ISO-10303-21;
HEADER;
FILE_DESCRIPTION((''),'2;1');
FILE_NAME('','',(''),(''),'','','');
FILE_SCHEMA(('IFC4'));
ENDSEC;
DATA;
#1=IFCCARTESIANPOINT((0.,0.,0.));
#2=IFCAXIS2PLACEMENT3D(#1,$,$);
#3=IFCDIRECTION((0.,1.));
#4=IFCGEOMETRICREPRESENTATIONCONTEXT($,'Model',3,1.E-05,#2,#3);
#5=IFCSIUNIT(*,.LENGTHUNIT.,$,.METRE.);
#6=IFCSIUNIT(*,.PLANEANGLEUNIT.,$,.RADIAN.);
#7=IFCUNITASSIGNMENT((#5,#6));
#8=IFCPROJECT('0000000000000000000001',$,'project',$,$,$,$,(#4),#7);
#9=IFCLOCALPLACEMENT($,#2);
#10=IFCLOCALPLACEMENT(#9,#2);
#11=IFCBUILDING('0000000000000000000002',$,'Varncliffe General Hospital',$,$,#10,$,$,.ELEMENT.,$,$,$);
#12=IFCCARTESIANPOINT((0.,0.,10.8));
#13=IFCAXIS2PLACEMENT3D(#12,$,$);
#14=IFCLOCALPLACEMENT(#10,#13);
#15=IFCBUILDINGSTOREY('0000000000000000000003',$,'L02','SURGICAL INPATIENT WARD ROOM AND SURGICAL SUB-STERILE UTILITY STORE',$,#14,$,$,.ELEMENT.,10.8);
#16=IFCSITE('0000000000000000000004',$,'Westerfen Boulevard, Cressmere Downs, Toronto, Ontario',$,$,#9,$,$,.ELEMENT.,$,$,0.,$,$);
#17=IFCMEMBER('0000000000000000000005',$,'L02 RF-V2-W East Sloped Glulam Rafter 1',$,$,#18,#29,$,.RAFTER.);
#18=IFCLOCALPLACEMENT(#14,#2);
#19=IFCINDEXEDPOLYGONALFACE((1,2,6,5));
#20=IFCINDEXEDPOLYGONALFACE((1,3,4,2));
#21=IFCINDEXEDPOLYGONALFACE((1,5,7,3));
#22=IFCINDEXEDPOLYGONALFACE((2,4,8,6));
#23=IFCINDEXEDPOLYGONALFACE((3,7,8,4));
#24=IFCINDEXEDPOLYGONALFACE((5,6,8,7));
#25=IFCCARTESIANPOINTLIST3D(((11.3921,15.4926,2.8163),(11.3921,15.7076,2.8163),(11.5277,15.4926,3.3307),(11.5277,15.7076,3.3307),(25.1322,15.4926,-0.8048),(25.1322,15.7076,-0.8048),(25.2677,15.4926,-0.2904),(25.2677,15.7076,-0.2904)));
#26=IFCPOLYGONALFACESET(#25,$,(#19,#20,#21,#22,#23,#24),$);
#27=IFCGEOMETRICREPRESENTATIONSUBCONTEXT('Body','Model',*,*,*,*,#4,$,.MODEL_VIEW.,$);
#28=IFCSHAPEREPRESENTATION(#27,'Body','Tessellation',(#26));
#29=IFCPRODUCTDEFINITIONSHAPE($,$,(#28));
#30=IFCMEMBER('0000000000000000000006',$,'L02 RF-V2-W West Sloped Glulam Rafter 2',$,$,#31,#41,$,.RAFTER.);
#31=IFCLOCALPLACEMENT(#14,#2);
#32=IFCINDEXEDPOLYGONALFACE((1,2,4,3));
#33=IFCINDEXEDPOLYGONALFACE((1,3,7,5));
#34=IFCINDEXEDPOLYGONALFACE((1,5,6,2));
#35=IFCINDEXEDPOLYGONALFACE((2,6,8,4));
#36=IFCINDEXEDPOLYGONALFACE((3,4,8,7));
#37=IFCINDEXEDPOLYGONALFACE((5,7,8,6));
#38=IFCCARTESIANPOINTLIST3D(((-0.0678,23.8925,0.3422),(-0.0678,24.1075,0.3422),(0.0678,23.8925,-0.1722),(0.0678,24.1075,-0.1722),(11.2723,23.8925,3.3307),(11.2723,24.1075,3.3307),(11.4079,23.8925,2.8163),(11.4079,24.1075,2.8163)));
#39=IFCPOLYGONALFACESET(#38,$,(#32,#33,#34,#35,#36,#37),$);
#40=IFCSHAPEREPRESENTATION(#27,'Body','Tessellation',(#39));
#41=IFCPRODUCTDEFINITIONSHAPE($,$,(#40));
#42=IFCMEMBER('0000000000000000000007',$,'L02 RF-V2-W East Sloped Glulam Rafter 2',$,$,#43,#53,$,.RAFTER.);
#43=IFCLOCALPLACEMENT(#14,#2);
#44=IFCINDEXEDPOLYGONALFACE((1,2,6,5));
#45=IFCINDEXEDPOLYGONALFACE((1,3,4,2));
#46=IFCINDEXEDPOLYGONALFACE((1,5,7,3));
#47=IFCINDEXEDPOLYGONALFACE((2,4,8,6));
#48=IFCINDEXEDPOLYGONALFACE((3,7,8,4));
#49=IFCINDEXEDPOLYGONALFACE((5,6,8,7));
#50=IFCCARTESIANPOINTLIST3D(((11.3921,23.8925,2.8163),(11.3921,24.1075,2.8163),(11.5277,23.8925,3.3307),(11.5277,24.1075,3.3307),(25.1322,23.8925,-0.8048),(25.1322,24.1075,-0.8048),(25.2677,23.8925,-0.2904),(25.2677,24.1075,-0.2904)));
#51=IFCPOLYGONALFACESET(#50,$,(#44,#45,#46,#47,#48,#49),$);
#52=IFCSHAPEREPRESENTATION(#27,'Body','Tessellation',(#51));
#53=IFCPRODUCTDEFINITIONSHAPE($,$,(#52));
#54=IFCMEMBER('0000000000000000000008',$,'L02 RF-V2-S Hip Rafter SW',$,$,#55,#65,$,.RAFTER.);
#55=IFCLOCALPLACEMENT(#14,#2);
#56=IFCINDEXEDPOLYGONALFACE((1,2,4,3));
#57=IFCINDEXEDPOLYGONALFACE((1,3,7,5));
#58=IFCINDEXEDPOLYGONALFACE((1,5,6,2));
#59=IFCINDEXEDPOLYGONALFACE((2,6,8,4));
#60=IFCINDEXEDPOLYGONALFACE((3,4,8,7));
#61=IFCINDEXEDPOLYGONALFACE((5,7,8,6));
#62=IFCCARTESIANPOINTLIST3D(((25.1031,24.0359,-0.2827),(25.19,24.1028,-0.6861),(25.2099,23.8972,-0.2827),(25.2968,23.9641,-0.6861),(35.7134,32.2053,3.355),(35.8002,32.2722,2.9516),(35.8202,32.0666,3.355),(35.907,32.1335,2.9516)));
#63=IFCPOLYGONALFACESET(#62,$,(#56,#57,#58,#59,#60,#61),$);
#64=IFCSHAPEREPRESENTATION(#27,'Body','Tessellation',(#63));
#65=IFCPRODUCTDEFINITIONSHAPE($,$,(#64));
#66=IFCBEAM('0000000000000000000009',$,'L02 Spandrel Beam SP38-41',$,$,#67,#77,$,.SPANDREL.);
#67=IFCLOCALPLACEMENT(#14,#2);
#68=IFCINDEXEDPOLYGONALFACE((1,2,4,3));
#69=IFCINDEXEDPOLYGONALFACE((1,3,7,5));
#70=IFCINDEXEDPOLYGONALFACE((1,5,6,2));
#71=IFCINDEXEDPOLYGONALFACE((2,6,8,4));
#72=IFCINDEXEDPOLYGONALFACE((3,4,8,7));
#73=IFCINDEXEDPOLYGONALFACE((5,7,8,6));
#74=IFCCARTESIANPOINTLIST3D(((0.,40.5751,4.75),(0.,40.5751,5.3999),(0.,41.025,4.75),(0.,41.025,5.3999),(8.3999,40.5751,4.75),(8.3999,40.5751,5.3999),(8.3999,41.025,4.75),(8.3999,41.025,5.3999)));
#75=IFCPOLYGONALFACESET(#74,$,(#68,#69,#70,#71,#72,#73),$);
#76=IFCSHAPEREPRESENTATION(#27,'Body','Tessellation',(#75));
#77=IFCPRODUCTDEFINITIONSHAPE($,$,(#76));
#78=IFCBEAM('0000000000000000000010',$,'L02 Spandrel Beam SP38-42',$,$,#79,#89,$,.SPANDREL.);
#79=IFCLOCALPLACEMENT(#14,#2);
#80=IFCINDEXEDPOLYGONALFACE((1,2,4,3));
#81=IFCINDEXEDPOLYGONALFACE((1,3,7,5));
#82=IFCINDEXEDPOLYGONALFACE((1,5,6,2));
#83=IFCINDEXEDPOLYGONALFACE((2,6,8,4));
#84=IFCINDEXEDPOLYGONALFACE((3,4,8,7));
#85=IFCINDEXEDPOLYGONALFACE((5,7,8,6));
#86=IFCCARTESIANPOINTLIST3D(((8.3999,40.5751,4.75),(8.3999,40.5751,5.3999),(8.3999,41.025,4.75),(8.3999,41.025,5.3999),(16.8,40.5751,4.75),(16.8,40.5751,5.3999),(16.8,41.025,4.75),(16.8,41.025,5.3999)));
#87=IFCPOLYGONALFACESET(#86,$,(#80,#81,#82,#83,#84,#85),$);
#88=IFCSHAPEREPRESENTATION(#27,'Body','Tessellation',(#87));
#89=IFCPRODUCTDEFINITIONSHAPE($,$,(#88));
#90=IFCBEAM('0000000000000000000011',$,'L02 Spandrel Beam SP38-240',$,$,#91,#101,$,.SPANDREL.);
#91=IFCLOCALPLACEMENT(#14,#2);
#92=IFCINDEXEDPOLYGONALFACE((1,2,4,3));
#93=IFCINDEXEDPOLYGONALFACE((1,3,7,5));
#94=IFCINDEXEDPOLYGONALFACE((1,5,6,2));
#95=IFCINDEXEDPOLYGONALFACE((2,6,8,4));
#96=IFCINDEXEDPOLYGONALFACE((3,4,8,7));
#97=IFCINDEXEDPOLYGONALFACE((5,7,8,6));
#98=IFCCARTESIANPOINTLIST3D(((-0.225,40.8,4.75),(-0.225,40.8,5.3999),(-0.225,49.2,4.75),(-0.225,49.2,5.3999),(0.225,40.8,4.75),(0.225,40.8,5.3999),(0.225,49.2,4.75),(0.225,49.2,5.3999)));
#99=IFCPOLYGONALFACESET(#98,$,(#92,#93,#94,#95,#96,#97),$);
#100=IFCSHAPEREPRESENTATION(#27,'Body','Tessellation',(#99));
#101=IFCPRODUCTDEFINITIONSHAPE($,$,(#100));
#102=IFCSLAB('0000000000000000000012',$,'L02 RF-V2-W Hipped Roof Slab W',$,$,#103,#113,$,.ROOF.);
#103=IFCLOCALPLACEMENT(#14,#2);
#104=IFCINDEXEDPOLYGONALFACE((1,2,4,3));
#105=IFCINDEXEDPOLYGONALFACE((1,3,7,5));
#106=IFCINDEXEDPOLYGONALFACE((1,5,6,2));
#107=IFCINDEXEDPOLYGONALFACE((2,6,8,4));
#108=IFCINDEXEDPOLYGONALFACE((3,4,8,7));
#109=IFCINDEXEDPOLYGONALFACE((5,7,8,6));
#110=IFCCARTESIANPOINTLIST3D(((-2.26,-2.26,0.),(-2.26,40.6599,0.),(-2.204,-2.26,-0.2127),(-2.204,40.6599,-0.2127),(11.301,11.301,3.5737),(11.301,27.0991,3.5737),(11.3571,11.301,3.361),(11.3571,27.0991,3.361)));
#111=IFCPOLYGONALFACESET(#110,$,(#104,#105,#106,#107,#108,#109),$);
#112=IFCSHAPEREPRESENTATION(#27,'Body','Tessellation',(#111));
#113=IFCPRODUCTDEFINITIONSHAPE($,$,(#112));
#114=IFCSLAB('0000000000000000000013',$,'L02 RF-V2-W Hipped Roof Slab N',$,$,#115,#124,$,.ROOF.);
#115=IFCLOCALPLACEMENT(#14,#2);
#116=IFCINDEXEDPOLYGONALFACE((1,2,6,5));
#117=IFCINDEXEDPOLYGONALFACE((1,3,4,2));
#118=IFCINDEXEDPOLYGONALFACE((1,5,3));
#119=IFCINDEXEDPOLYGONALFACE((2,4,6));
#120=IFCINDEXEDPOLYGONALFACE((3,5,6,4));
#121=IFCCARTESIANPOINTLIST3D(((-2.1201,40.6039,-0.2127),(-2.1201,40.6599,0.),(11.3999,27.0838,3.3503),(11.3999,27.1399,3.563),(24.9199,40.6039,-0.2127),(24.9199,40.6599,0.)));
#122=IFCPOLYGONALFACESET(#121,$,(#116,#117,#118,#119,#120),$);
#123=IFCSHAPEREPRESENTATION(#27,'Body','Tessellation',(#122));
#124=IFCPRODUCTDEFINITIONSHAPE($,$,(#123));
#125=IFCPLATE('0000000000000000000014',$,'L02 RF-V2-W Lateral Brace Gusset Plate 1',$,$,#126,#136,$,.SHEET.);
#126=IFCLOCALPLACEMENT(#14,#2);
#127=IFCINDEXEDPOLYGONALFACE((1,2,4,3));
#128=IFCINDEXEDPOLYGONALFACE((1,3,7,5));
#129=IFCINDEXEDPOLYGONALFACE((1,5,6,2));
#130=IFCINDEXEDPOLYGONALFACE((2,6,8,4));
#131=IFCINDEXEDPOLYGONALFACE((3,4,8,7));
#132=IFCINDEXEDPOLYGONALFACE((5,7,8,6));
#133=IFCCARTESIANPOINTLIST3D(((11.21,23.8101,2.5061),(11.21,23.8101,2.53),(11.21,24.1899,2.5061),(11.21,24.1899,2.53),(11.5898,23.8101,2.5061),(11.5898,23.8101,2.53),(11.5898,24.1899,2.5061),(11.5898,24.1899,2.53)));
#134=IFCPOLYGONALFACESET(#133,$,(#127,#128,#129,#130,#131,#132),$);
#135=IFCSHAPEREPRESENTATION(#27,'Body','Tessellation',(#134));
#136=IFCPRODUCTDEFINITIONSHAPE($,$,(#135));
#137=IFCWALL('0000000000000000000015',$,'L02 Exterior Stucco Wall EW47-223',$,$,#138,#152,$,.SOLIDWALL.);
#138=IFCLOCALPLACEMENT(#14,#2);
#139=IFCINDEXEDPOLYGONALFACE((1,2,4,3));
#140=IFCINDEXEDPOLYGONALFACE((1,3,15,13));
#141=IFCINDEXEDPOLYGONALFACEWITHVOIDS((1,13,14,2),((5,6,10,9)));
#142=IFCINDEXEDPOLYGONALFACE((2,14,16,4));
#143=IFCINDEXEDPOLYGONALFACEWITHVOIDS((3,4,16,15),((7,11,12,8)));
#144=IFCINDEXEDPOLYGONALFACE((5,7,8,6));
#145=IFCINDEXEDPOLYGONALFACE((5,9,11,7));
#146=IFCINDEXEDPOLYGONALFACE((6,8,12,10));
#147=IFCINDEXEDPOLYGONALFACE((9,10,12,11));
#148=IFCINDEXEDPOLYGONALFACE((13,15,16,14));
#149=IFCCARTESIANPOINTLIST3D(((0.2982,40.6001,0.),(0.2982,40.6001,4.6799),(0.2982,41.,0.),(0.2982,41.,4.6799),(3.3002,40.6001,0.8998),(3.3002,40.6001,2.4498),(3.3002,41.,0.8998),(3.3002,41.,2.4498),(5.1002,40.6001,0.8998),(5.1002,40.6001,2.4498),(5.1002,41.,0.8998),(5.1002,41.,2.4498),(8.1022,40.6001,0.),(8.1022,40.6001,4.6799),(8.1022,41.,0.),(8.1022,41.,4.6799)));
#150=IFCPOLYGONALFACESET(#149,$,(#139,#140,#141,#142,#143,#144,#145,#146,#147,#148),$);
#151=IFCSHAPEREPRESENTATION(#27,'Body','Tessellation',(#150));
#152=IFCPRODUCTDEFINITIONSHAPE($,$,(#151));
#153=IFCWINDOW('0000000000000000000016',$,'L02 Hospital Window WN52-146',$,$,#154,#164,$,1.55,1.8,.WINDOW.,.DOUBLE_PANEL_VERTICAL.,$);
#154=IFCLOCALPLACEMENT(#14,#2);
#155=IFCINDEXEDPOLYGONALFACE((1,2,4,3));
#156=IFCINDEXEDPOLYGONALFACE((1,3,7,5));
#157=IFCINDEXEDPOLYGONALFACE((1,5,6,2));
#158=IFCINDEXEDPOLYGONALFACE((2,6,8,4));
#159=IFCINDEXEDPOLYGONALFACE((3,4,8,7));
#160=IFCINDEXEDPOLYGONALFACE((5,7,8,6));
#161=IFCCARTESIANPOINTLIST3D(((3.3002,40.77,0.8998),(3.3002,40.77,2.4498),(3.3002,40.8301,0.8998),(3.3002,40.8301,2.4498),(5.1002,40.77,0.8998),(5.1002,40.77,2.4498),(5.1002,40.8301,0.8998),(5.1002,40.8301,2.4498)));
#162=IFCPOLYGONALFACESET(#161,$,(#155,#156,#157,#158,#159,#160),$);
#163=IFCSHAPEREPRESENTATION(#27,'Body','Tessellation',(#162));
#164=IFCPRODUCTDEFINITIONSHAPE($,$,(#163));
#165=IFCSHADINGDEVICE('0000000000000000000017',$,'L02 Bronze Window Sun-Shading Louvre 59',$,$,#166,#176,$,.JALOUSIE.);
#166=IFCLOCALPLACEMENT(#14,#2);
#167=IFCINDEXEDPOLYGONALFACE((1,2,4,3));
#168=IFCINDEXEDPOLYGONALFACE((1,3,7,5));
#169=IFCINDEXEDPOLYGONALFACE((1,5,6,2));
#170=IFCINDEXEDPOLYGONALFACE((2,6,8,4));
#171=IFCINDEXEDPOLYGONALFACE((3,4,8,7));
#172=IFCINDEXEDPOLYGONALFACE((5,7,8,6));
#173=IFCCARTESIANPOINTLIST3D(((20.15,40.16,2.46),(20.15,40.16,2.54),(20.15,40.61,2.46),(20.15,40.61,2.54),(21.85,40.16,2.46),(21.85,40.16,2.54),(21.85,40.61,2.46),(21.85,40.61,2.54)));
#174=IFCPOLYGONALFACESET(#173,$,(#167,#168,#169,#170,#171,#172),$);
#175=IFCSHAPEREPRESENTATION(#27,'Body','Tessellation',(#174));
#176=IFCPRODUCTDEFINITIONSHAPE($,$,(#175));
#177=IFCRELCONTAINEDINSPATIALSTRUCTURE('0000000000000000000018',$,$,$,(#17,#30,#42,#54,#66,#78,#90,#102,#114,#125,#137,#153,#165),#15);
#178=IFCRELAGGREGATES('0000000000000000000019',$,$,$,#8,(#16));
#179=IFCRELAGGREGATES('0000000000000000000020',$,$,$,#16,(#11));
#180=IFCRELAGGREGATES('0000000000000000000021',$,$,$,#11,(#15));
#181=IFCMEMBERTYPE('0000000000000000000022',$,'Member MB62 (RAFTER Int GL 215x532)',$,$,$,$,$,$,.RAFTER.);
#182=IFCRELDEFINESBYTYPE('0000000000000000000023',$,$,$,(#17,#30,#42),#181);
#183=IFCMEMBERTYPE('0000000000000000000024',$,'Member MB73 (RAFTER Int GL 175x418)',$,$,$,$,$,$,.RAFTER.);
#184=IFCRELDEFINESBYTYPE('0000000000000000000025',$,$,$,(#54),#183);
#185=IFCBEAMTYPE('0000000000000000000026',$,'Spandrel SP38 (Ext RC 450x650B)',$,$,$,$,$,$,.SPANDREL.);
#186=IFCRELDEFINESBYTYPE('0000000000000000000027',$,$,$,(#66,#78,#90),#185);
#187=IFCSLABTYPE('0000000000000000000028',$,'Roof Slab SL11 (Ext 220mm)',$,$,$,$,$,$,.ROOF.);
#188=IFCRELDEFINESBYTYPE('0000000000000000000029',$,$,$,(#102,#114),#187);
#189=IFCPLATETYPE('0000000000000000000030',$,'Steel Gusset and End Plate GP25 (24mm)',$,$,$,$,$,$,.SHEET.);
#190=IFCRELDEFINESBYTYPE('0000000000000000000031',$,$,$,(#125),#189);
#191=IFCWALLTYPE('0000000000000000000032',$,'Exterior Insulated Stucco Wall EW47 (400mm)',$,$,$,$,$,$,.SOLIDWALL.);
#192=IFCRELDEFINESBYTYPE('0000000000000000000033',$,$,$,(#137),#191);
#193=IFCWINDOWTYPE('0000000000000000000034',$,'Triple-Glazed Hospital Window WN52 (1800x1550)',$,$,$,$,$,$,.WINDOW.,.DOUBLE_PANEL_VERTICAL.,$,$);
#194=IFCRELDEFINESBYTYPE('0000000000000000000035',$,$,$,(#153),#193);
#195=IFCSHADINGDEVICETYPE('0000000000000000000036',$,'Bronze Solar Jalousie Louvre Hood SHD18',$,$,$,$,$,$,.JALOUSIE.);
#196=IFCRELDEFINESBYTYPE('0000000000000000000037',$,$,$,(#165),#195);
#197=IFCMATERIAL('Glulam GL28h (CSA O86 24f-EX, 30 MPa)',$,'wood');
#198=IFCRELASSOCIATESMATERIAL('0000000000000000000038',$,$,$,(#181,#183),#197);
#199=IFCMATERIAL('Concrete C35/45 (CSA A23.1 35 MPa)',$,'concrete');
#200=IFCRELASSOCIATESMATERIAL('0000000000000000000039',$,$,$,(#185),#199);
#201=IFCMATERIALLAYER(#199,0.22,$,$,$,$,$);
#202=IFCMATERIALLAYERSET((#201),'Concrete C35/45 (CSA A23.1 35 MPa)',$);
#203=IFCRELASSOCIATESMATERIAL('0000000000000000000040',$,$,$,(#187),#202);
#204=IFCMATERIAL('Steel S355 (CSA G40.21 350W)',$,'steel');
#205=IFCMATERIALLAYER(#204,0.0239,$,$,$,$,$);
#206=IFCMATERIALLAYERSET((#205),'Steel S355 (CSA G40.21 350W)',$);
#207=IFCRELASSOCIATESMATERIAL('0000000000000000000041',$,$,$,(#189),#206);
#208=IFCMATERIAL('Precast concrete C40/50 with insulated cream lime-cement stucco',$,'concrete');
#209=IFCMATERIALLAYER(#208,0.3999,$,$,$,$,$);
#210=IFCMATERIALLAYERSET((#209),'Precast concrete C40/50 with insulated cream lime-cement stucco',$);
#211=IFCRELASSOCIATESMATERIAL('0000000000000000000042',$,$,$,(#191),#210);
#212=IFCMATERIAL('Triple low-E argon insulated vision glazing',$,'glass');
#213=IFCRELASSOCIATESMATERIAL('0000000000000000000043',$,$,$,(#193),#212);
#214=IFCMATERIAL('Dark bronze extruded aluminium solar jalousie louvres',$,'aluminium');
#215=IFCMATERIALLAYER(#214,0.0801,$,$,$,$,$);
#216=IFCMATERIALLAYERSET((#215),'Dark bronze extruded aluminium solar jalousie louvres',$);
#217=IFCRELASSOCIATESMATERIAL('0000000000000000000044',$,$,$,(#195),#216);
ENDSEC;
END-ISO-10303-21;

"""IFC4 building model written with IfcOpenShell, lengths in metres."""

from ifc_helpers import new_model, si_unit, direction, frame, frame_2d, origin, origin_2d, place, context, subcontext, project, spatial, polyline, rectangle, outline, extrude, material, layer, layer_set, material_profile, profile_set, type_object, element, fill, save


model = new_model("IFC4")

# Units and contexts
model_context = context("Model", 3, precision=1e-05, world=origin(), true_north=direction((0.0, 1.0)))
body_context = subcontext(model_context, "Body", "Model", "MODEL_VIEW")
ifc_project = project(units=[si_unit("LENGTHUNIT", "METRE"), si_unit("PLANEANGLEUNIT", "RADIAN")], contexts=[model_context])

# Site, building, storey
site_placement = place(None, origin())
site = spatial("IfcSite", under=ifc_project, at=site_placement, Name="Westerfen Boulevard, Cressmere Downs, Toronto, Ontario", CompositionType="ELEMENT", RefElevation=0.0)
building_placement = place(site_placement, origin())
building = spatial("IfcBuilding", under=site, at=building_placement, Name="Varncliffe General Hospital", CompositionType="ELEMENT")
storey_placement = place(building_placement, frame((0.0, 0.0, 10.8)))
storey = spatial("IfcBuildingStorey", under=building, at=storey_placement, Name="L02", Description="SURGICAL INPATIENT WARD ROOM AND SURGICAL SUB-STERILE UTILITY STORE", CompositionType="ELEMENT", Elevation=10.8)

# Shared definitions
ifc_material_1 = material(Name="Glulam GL28h (CSA O86 24f-EX, 30 MPa)", Category="wood")

# Members
ifc_material_2 = material(Name="Steel S355 (CSA G40.21 350W)", Category="steel")
ifc_material_profile_1 = material_profile(ifc_material_1, rectangle(XDim=0.2151, YDim=0.532, at=origin_2d()), Name="GL 215x532")
ifc_profile_set_1 = profile_set([ifc_material_profile_1], Name="Glulam GL28h (CSA O86 24f-EX, 30 MPa)")
member_type_1 = type_object("IfcMemberType", Name="Member MB62 (RAFTER Int GL 215x532)", PredefinedType="RAFTER", material=ifc_profile_set_1)
member_1_placement = place(storey_placement, frame((25.2, 15.6001, -0.5476), z_axis=(-0.966983, 0.0, 0.254843), x_axis=(0.0, -1.0, 0.0)))
element("IfcMember", 1, at=member_1_placement, inside=storey, type_object=member_type_1, Name="L02 RF-V2-W East Sloped Glulam Rafter 1", PredefinedType="RAFTER", context=body_context, shape_type="SweptSolid", body=[
    extrude(rectangle(XDim=0.2151, YDim=0.532, at=origin_2d()), origin(), (0.0, 0.0, 1.0), 14.2092),
])
member_2_placement = place(storey_placement, frame((0.0, 24.0, 0.085), z_axis=(0.966984, 0.0, 0.254836), x_axis=(0.0, 1.0, 0.0)))
element("IfcMember", 2, at=member_2_placement, inside=storey, type_object=member_type_1, Name="L02 RF-V2-W West Sloped Glulam Rafter 2", PredefinedType="RAFTER", context=body_context, shape_type="SweptSolid", body=[
    extrude(rectangle(XDim=0.2151, YDim=0.532, at=origin_2d()), origin(), (0.0, 0.0, 1.0), 11.7273),
])
member_3_placement = place(storey_placement, frame((25.2, 24.0, -0.5476), z_axis=(-0.966983, 0.0, 0.254843), x_axis=(0.0, -1.0, 0.0)))
element("IfcMember", 3, at=member_3_placement, inside=storey, type_object=member_type_1, Name="L02 RF-V2-W East Sloped Glulam Rafter 2", PredefinedType="RAFTER", context=body_context, shape_type="SweptSolid", body=[
    extrude(rectangle(XDim=0.2151, YDim=0.532, at=origin_2d()), origin(), (0.0, 0.0, 1.0), 14.2092),
])
ifc_material_profile_2 = material_profile(ifc_material_1, rectangle(XDim=0.175, YDim=0.418, at=origin_2d()), Name="GL 175x418")
ifc_profile_set_2 = profile_set([ifc_material_profile_2], Name="Glulam GL28h (CSA O86 24f-EX, 30 MPa)")
member_type_2 = type_object("IfcMemberType", Name="Member MB73 (RAFTER Int GL 175x418)", PredefinedType="RAFTER", material=ifc_profile_set_2)
member_4_placement = place(storey_placement, frame((25.2, 24.0, -0.4844), z_axis=(0.764638, 0.588732, 0.262151), x_axis=(-0.610068, 0.792349, 0.0)))
element("IfcMember", 4, at=member_4_placement, inside=storey, type_object=member_type_2, Name="L02 RF-V2-S Hip Rafter SW", PredefinedType="RAFTER", context=body_context, shape_type="SweptSolid", body=[
    extrude(rectangle(XDim=0.175, YDim=0.418, at=origin_2d()), origin(), (0.0, 0.0, 1.0), 13.8762),
])

# Beams
ifc_material_3 = material(Name="Concrete C35/45 (CSA A23.1 35 MPa)", Category="concrete")
ifc_material_profile_3 = material_profile(ifc_material_3, rectangle(XDim=0.45, YDim=0.6499, at=origin_2d()), Name="RC 450x650")
ifc_profile_set_3 = profile_set([ifc_material_profile_3], Name="Concrete C35/45 (CSA A23.1 35 MPa)")
beam_type_1 = type_object("IfcBeamType", Name="Spandrel SP38 (Ext RC 450x650B)", PredefinedType="SPANDREL", material=ifc_profile_set_3)
beam_1_placement = place(storey_placement, frame((0.0, 40.8, 5.075), z_axis=(1.0, 0.0, 0.0), x_axis=(0.0, 1.0, 0.0)))
element("IfcBeam", 5, at=beam_1_placement, inside=storey, type_object=beam_type_1, Name="L02 Spandrel Beam SP38-41", PredefinedType="SPANDREL", context=body_context, shape_type="SweptSolid", body=[
    extrude(rectangle(XDim=0.45, YDim=0.6499, at=origin_2d()), origin(), (0.0, 0.0, 1.0), 8.3999),
])
beam_2_placement = place(storey_placement, frame((8.3999, 40.8, 5.075), z_axis=(1.0, 0.0, 0.0), x_axis=(0.0, 1.0, 0.0)))
element("IfcBeam", 6, at=beam_2_placement, inside=storey, type_object=beam_type_1, Name="L02 Spandrel Beam SP38-42", PredefinedType="SPANDREL", context=body_context, shape_type="SweptSolid", body=[
    extrude(rectangle(XDim=0.45, YDim=0.6499, at=origin_2d()), origin(), (0.0, 0.0, 1.0), 8.4001),
])
beam_3_placement = place(storey_placement, frame((0.0, 40.8, 5.075), z_axis=(0.0, 1.0, 0.0), x_axis=(-1.0, 0.0, 0.0)))
element("IfcBeam", 7, at=beam_3_placement, inside=storey, type_object=beam_type_1, Name="L02 Spandrel Beam SP38-240", PredefinedType="SPANDREL", context=body_context, shape_type="SweptSolid", body=[
    extrude(rectangle(XDim=0.45, YDim=0.6499, at=origin_2d()), origin(), (0.0, 0.0, 1.0), 8.3999),
])

# Slabs
ifc_layer_1 = layer(ifc_material_3, 0.22)
ifc_layer_set_1 = layer_set([ifc_layer_1], Name="Concrete C35/45 (CSA A23.1 35 MPa)")
slab_type = type_object("IfcSlabType", Name="Roof Slab SL11 (Ext 220mm)", PredefinedType="ROOF", material=ifc_layer_set_1)
slab_1_placement = place(storey_placement, frame((-2.26, 40.6599, 0.0), z_axis=(-0.254829, 0.0, 0.966986), x_axis=(0.0, -1.0, 0.0)))
element("IfcSlab", 8, at=slab_1_placement, inside=storey, type_object=slab_type, Name="L02 RF-V2-W Hipped Roof Slab W", PredefinedType="ROOF", context=body_context, shape_type="SweptSolid", body=[
    extrude(outline(polyline([(0.0, 0.0), (42.9199, 0.0), (29.3589, 14.024), (13.5608, 14.024), (0.0, 0.0)])), origin(), (0.0, 0.0, -1.0), 0.22),
])
slab_2_placement = place(storey_placement, frame((24.9199, 40.6599, 0.0), z_axis=(0.0, 0.254834, 0.966985), x_axis=(-1.0, 0.0, 0.0)))
element("IfcSlab", 9, at=slab_2_placement, inside=storey, type_object=slab_type, Name="L02 RF-V2-W Hipped Roof Slab N", PredefinedType="ROOF", context=body_context, shape_type="SweptSolid", body=[
    extrude(outline(polyline([(0.0, 0.0), (27.04, 0.0), (13.52, 13.9816), (0.0, 0.0)])), origin(), (0.0, 0.0, -1.0), 0.22),
])

# Plate
ifc_layer_2 = layer(ifc_material_2, 0.0239)
ifc_layer_set_2 = layer_set([ifc_layer_2], Name="Steel S355 (CSA G40.21 350W)")
plate_type = type_object("IfcPlateType", Name="Steel Gusset and End Plate GP25 (24mm)", PredefinedType="SHEET", material=ifc_layer_set_2)
plate_placement = place(storey_placement, frame((11.3999, 24.0, 2.5061), z_axis=(0.0, 0.0, 1.0), x_axis=(1.0, 0.0, 0.0)))
element("IfcPlate", 10, at=plate_placement, inside=storey, type_object=plate_type, Name="L02 RF-V2-W Lateral Brace Gusset Plate 1", PredefinedType="SHEET", context=body_context, shape_type="SweptSolid", body=[
    extrude(rectangle(XDim=0.3799, YDim=0.3799, at=origin_2d()), origin(), (0.0, 0.0, 1.0), 0.0239),
])

# Wall, opening, window
ifc_material_4 = material(Name="Precast concrete C40/50 with insulated cream lime-cement stucco", Category="concrete")
ifc_layer_3 = layer(ifc_material_4, 0.3999)
ifc_layer_set_3 = layer_set([ifc_layer_3], Name="Precast concrete C40/50 with insulated cream lime-cement stucco")
wall_type = type_object("IfcWallType", Name="Exterior Insulated Stucco Wall EW47 (400mm)", PredefinedType="SOLIDWALL", material=ifc_layer_set_3)
wall_placement = place(storey_placement, frame((8.1021, 40.8, 0.0), z_axis=(0.0, 0.0, 1.0), x_axis=(-1.0, 0.0, 0.0)))
wall = element("IfcWall", 11, at=wall_placement, inside=storey, type_object=wall_type, Name="L02 Exterior Stucco Wall EW47-223", PredefinedType="SOLIDWALL", context=body_context, shape_type="SweptSolid", body=[
    extrude(rectangle(XDim=7.804, YDim=0.3999, at=frame_2d((3.9019, 0.0))), origin(), (0.0, 0.0, 1.0), 4.6799),
])
opening_placement = place(wall_placement, frame((3.002, 0.0, 0.8999)))
opening = element("IfcOpeningElement", 12, at=opening_placement, cuts=wall, PredefinedType="OPENING", context=body_context, shape_type="SweptSolid", body=[
    extrude(rectangle(XDim=1.8, YDim=1.55, at=frame_2d((0.8999, 0.7749))), frame((0.0, 0.21, 0.0), z_axis=(0.0, -1.0, 0.0), x_axis=(1.0, 0.0, 0.0)), (0.0, 0.0, 1.0), 0.4199),
])
ifc_material_5 = material(Name="Triple low-E argon insulated vision glazing", Category="glass")
window_type = type_object("IfcWindowType", Name="Triple-Glazed Hospital Window WN52 (1800x1550)", PartitioningType="DOUBLE_PANEL_VERTICAL", PredefinedType="WINDOW", material=ifc_material_5)
window_placement = place(opening_placement, origin())
window = element("IfcWindow", 13, at=window_placement, inside=storey, type_object=window_type, Name="L02 Hospital Window WN52-146", OverallHeight=1.55, OverallWidth=1.8, PartitioningType="DOUBLE_PANEL_VERTICAL", PredefinedType="WINDOW", context=body_context, shape_type="SweptSolid", body=[
    extrude(rectangle(XDim=1.8, YDim=1.55, at=frame_2d((0.8999, 0.7749))), frame((0.0, 0.03, 0.0), z_axis=(0.0, -1.0, 0.0), x_axis=(1.0, 0.0, 0.0)), (0.0, 0.0, 1.0), 0.0601),
])
fill(opening, window)

# Shading device
ifc_material_6 = material(Name="Dark bronze extruded aluminium solar jalousie louvres", Category="aluminium")
ifc_layer_4 = layer(ifc_material_6, 0.0801)
ifc_layer_set_4 = layer_set([ifc_layer_4], Name="Dark bronze extruded aluminium solar jalousie louvres")
shading_device_type = type_object("IfcShadingDeviceType", Name="Bronze Solar Jalousie Louvre Hood SHD18", PredefinedType="JALOUSIE", material=ifc_layer_set_4)
shading_device_1_placement = place(storey_placement, frame((21.0, 40.385, 2.46), z_axis=(0.0, 0.0, 1.0), x_axis=(-1.0, 0.0, 0.0)))
element("IfcShadingDevice", 14, at=shading_device_1_placement, inside=storey, type_object=shading_device_type, Name="L02 Bronze Window Sun-Shading Louvre 59", PredefinedType="JALOUSIE", context=body_context, shape_type="SweptSolid", body=[
    extrude(rectangle(XDim=1.7, YDim=0.45, at=origin_2d()), origin(), (0.0, 0.0, 1.0), 0.0801),
])

save(model, "model.ifc")
